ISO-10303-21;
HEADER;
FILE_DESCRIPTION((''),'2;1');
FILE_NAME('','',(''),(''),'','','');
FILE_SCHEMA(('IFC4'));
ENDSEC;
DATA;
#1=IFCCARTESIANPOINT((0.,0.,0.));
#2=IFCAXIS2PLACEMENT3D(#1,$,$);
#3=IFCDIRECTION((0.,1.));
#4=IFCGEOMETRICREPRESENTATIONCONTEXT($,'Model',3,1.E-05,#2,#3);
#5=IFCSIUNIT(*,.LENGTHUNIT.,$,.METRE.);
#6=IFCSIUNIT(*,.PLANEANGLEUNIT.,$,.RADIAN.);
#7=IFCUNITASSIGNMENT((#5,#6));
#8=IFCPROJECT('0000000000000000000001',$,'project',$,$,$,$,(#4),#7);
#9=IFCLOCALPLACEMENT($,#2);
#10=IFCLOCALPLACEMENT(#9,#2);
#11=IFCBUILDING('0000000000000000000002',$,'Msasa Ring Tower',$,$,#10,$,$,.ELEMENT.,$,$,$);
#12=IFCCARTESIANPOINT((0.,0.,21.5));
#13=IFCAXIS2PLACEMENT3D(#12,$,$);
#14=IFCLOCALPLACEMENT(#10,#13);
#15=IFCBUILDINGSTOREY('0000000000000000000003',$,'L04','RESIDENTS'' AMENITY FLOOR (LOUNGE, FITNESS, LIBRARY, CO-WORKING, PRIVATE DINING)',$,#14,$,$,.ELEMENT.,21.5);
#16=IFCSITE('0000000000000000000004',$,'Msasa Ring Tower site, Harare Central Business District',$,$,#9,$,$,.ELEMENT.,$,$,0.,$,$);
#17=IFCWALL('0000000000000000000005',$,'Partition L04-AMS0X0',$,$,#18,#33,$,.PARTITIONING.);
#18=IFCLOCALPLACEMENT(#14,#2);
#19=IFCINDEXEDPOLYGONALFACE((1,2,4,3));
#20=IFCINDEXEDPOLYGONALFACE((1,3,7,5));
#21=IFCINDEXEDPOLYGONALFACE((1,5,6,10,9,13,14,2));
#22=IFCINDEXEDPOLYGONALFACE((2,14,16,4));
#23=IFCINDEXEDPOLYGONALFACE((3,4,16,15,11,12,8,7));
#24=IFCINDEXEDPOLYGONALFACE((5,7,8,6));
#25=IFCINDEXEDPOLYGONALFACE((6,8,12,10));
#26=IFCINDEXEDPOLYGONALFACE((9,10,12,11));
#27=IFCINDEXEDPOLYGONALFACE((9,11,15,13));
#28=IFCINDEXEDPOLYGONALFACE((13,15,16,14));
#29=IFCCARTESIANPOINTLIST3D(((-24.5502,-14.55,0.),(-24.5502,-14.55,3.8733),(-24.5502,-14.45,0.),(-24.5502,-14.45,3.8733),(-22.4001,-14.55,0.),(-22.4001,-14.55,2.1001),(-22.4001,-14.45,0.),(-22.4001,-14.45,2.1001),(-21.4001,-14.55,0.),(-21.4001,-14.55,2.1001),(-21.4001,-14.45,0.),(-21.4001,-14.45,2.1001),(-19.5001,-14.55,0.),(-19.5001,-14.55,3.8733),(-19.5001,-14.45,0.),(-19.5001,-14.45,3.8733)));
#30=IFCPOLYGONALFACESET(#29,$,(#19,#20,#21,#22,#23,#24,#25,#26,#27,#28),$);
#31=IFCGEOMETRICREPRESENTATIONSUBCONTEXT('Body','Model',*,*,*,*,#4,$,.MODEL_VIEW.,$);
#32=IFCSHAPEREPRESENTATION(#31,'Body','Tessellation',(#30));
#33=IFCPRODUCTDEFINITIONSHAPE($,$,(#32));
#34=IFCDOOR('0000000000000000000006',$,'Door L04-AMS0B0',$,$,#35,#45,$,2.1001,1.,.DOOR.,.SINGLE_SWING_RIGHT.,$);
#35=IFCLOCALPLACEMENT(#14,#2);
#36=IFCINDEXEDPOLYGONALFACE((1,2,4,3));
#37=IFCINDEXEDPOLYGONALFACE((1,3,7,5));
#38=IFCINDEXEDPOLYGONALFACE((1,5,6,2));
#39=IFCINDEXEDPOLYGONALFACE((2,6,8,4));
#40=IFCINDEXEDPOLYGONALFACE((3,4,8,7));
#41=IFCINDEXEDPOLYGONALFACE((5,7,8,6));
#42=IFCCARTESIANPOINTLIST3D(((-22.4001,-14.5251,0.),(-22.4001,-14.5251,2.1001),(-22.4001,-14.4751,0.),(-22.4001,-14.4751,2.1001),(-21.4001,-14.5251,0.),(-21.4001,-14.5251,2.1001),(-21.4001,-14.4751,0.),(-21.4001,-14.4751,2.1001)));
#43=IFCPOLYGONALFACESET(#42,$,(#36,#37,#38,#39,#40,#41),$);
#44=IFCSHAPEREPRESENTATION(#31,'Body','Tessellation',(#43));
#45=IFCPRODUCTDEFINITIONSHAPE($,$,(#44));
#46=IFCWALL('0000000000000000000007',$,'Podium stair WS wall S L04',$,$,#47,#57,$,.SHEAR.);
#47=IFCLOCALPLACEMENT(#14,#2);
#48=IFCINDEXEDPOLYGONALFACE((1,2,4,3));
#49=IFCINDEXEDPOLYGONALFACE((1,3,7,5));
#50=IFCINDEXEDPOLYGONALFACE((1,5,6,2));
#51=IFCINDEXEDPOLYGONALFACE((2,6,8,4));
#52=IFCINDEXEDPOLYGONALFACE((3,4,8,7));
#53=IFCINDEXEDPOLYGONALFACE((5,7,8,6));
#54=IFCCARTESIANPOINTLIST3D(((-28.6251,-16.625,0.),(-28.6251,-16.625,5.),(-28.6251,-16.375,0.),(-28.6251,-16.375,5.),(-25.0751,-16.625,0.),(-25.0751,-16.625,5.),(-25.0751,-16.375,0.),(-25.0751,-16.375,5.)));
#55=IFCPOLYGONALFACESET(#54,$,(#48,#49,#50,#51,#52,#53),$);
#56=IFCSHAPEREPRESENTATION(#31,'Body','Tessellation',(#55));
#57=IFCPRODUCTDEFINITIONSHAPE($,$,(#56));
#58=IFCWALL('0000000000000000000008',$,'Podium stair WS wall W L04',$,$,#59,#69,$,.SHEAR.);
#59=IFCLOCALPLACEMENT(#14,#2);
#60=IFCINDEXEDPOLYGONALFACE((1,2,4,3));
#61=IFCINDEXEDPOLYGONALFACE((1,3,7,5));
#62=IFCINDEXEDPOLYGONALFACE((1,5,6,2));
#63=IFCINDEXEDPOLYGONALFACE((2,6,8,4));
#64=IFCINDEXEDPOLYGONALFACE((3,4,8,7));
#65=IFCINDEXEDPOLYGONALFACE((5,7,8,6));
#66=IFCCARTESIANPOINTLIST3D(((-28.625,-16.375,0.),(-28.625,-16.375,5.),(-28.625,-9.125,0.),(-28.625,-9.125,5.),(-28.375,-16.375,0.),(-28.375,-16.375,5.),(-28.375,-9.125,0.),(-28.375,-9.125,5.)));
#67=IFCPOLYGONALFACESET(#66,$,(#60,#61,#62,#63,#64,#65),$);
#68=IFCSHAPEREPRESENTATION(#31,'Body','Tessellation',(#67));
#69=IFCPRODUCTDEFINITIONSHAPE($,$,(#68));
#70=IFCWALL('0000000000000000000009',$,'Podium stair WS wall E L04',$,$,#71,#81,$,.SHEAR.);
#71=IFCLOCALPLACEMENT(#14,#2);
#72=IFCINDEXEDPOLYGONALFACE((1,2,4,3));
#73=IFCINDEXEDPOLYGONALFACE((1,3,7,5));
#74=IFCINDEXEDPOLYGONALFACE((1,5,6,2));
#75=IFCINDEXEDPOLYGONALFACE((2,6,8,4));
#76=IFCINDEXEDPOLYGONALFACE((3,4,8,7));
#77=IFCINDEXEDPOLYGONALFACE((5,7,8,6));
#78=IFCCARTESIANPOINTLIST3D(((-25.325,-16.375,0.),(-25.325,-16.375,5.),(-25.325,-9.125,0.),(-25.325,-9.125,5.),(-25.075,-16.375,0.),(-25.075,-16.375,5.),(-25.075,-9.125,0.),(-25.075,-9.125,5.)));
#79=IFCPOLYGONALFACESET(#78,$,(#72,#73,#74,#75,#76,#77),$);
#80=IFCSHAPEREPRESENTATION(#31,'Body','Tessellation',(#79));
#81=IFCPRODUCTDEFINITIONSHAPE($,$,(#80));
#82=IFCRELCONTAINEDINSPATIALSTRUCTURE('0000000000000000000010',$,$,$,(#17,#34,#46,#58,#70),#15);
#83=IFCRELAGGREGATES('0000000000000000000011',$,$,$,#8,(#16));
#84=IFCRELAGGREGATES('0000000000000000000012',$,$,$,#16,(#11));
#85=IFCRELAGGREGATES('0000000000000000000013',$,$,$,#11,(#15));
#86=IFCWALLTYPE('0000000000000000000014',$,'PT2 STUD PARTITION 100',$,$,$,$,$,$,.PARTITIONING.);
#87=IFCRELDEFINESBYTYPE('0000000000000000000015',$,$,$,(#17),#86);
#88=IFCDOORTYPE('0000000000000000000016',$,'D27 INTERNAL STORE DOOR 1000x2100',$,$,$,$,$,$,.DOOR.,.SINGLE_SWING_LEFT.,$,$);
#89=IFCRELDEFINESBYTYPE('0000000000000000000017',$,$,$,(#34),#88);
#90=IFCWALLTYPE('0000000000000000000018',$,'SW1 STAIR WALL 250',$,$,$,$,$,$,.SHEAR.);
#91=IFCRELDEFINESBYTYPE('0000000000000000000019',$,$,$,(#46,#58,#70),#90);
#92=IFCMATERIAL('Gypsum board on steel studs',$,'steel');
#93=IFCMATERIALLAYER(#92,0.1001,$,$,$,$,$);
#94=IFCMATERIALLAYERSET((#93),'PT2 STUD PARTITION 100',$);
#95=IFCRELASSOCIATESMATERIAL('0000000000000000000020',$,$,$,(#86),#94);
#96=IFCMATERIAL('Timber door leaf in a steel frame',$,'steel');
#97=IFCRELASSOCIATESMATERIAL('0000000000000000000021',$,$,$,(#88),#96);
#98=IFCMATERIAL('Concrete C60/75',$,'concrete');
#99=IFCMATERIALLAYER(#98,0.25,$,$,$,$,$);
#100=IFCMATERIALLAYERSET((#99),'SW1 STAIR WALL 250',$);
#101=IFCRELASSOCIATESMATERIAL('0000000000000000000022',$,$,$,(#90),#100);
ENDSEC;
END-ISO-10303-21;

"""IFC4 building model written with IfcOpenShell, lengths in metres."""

from ifc_helpers import new_model, si_unit, direction, frame, frame_2d, origin, place, context, subcontext, project, spatial, rectangle, extrude, material, layer, layer_set, type_object, element, fill, save


model = new_model("IFC4")

# Units and contexts
model_context = context("Model", 3, precision=1e-05, world=origin(), true_north=direction((0.0, 1.0)))
body_context = subcontext(model_context, "Body", "Model", "MODEL_VIEW")
ifc_project = project(units=[si_unit("LENGTHUNIT", "METRE"), si_unit("PLANEANGLEUNIT", "RADIAN")], contexts=[model_context])

# Site, building, storey
site_placement = place(None, origin())
site = spatial("IfcSite", under=ifc_project, at=site_placement, Name="Msasa Ring Tower site, Harare Central Business District", CompositionType="ELEMENT", RefElevation=0.0)
building_placement = place(site_placement, origin())
building = spatial("IfcBuilding", under=site, at=building_placement, Name="Msasa Ring Tower", CompositionType="ELEMENT")
storey_placement = place(building_placement, frame((0.0, 0.0, 21.5)))
storey = spatial("IfcBuildingStorey", under=building, at=storey_placement, Name="L04", Description="RESIDENTS' AMENITY FLOOR (LOUNGE, FITNESS, LIBRARY, CO-WORKING, PRIVATE DINING)", CompositionType="ELEMENT", Elevation=21.5)

# Wall, opening, door
ifc_material_1 = material(Name="Gypsum board on steel studs", Category="steel")
ifc_layer_1 = layer(ifc_material_1, 0.1001)
ifc_layer_set_1 = layer_set([ifc_layer_1], Name="PT2 STUD PARTITION 100")
wall_type_1 = type_object("IfcWallType", Name="PT2 STUD PARTITION 100", PredefinedType="PARTITIONING", material=ifc_layer_set_1)
wall_1_placement = place(storey_placement, frame((-24.55, -14.5, 0.0), z_axis=(0.0, 0.0, 1.0), x_axis=(1.0, 0.0, 0.0)))
wall_1 = element("IfcWall", 1, at=wall_1_placement, inside=storey, type_object=wall_type_1, Name="Partition L04-AMS0X0", PredefinedType="PARTITIONING", context=body_context, shape_type="SweptSolid", body=[
    extrude(rectangle(XDim=5.05, YDim=0.1001, at=frame_2d((2.5249, 0.0))), origin(), (0.0, 0.0, 1.0), 3.8733),
])
opening_1_placement = place(wall_1_placement, frame((2.1499, 0.0, 0.0)))
opening_1 = element("IfcOpeningElement", 2, at=opening_1_placement, cuts=wall_1, PredefinedType="OPENING", context=body_context, shape_type="SweptSolid", body=[
    extrude(rectangle(XDim=1.0, YDim=2.1001, at=frame_2d((0.5, 1.05))), frame((0.0, 0.0601, 0.0), z_axis=(0.0, -1.0, 0.0), x_axis=(1.0, 0.0, 0.0)), (0.0, 0.0, 1.0), 0.1201),
])
ifc_material_2 = material(Name="Timber door leaf in a steel frame", Category="steel")
door_type = type_object("IfcDoorType", Name="D27 INTERNAL STORE DOOR 1000x2100", OperationType="SINGLE_SWING_LEFT", PredefinedType="DOOR", material=ifc_material_2)
door_placement = place(opening_1_placement, origin())
door = element("IfcDoor", 3, at=door_placement, inside=storey, type_object=door_type, Name="Door L04-AMS0B0", OperationType="SINGLE_SWING_RIGHT", OverallHeight=2.1001, OverallWidth=1.0, PredefinedType="DOOR", context=body_context, shape_type="SweptSolid", body=[
    extrude(rectangle(XDim=1.0, YDim=2.1001, at=frame_2d((0.5, 1.05))), frame((0.0, 0.0249, 0.0), z_axis=(0.0, -1.0, 0.0), x_axis=(1.0, 0.0, 0.0)), (0.0, 0.0, 1.0), 0.05),
])
fill(opening_1, door)

# Walls
ifc_material_3 = material(Name="Concrete C60/75", Category="concrete")
ifc_layer_2 = layer(ifc_material_3, 0.25)
ifc_layer_set_2 = layer_set([ifc_layer_2], Name="SW1 STAIR WALL 250")
wall_type_2 = type_object("IfcWallType", Name="SW1 STAIR WALL 250", PredefinedType="SHEAR", material=ifc_layer_set_2)
wall_2_placement = place(storey_placement, frame((-28.625, -16.5, 0.0), z_axis=(0.0, 0.0, 1.0), x_axis=(1.0, 0.0, 0.0)))
element("IfcWall", 4, at=wall_2_placement, inside=storey, type_object=wall_type_2, Name="Podium stair WS wall S L04", PredefinedType="SHEAR", context=body_context, shape_type="SweptSolid", body=[
    extrude(rectangle(XDim=3.55, YDim=0.25, at=frame_2d((1.7749, 0.0))), origin(), (0.0, 0.0, 1.0), 5.0),
])
for number, where, z_axis, x_axis, name in (
    (5, (-28.5, -16.375, 0.0), (0.0, 0.0, 1.0), (0.0, 1.0, 0.0), "Podium stair WS wall W L04"),
    (6, (-25.2, -16.375, 0.0), (0.0, 0.0, 1.0), (0.0, 1.0, 0.0), "Podium stair WS wall E L04"),
):
    element("IfcWall", number, at=place(storey_placement, frame(where, z_axis=z_axis, x_axis=x_axis)), inside=storey, type_object=wall_type_2, Name=name, PredefinedType="SHEAR", context=body_context, shape_type="SweptSolid", body=[
        extrude(rectangle(XDim=7.25, YDim=0.25, at=frame_2d((3.625, 0.0))), origin(), (0.0, 0.0, 1.0), 5.0),
    ])

save(model, "model.ifc")
